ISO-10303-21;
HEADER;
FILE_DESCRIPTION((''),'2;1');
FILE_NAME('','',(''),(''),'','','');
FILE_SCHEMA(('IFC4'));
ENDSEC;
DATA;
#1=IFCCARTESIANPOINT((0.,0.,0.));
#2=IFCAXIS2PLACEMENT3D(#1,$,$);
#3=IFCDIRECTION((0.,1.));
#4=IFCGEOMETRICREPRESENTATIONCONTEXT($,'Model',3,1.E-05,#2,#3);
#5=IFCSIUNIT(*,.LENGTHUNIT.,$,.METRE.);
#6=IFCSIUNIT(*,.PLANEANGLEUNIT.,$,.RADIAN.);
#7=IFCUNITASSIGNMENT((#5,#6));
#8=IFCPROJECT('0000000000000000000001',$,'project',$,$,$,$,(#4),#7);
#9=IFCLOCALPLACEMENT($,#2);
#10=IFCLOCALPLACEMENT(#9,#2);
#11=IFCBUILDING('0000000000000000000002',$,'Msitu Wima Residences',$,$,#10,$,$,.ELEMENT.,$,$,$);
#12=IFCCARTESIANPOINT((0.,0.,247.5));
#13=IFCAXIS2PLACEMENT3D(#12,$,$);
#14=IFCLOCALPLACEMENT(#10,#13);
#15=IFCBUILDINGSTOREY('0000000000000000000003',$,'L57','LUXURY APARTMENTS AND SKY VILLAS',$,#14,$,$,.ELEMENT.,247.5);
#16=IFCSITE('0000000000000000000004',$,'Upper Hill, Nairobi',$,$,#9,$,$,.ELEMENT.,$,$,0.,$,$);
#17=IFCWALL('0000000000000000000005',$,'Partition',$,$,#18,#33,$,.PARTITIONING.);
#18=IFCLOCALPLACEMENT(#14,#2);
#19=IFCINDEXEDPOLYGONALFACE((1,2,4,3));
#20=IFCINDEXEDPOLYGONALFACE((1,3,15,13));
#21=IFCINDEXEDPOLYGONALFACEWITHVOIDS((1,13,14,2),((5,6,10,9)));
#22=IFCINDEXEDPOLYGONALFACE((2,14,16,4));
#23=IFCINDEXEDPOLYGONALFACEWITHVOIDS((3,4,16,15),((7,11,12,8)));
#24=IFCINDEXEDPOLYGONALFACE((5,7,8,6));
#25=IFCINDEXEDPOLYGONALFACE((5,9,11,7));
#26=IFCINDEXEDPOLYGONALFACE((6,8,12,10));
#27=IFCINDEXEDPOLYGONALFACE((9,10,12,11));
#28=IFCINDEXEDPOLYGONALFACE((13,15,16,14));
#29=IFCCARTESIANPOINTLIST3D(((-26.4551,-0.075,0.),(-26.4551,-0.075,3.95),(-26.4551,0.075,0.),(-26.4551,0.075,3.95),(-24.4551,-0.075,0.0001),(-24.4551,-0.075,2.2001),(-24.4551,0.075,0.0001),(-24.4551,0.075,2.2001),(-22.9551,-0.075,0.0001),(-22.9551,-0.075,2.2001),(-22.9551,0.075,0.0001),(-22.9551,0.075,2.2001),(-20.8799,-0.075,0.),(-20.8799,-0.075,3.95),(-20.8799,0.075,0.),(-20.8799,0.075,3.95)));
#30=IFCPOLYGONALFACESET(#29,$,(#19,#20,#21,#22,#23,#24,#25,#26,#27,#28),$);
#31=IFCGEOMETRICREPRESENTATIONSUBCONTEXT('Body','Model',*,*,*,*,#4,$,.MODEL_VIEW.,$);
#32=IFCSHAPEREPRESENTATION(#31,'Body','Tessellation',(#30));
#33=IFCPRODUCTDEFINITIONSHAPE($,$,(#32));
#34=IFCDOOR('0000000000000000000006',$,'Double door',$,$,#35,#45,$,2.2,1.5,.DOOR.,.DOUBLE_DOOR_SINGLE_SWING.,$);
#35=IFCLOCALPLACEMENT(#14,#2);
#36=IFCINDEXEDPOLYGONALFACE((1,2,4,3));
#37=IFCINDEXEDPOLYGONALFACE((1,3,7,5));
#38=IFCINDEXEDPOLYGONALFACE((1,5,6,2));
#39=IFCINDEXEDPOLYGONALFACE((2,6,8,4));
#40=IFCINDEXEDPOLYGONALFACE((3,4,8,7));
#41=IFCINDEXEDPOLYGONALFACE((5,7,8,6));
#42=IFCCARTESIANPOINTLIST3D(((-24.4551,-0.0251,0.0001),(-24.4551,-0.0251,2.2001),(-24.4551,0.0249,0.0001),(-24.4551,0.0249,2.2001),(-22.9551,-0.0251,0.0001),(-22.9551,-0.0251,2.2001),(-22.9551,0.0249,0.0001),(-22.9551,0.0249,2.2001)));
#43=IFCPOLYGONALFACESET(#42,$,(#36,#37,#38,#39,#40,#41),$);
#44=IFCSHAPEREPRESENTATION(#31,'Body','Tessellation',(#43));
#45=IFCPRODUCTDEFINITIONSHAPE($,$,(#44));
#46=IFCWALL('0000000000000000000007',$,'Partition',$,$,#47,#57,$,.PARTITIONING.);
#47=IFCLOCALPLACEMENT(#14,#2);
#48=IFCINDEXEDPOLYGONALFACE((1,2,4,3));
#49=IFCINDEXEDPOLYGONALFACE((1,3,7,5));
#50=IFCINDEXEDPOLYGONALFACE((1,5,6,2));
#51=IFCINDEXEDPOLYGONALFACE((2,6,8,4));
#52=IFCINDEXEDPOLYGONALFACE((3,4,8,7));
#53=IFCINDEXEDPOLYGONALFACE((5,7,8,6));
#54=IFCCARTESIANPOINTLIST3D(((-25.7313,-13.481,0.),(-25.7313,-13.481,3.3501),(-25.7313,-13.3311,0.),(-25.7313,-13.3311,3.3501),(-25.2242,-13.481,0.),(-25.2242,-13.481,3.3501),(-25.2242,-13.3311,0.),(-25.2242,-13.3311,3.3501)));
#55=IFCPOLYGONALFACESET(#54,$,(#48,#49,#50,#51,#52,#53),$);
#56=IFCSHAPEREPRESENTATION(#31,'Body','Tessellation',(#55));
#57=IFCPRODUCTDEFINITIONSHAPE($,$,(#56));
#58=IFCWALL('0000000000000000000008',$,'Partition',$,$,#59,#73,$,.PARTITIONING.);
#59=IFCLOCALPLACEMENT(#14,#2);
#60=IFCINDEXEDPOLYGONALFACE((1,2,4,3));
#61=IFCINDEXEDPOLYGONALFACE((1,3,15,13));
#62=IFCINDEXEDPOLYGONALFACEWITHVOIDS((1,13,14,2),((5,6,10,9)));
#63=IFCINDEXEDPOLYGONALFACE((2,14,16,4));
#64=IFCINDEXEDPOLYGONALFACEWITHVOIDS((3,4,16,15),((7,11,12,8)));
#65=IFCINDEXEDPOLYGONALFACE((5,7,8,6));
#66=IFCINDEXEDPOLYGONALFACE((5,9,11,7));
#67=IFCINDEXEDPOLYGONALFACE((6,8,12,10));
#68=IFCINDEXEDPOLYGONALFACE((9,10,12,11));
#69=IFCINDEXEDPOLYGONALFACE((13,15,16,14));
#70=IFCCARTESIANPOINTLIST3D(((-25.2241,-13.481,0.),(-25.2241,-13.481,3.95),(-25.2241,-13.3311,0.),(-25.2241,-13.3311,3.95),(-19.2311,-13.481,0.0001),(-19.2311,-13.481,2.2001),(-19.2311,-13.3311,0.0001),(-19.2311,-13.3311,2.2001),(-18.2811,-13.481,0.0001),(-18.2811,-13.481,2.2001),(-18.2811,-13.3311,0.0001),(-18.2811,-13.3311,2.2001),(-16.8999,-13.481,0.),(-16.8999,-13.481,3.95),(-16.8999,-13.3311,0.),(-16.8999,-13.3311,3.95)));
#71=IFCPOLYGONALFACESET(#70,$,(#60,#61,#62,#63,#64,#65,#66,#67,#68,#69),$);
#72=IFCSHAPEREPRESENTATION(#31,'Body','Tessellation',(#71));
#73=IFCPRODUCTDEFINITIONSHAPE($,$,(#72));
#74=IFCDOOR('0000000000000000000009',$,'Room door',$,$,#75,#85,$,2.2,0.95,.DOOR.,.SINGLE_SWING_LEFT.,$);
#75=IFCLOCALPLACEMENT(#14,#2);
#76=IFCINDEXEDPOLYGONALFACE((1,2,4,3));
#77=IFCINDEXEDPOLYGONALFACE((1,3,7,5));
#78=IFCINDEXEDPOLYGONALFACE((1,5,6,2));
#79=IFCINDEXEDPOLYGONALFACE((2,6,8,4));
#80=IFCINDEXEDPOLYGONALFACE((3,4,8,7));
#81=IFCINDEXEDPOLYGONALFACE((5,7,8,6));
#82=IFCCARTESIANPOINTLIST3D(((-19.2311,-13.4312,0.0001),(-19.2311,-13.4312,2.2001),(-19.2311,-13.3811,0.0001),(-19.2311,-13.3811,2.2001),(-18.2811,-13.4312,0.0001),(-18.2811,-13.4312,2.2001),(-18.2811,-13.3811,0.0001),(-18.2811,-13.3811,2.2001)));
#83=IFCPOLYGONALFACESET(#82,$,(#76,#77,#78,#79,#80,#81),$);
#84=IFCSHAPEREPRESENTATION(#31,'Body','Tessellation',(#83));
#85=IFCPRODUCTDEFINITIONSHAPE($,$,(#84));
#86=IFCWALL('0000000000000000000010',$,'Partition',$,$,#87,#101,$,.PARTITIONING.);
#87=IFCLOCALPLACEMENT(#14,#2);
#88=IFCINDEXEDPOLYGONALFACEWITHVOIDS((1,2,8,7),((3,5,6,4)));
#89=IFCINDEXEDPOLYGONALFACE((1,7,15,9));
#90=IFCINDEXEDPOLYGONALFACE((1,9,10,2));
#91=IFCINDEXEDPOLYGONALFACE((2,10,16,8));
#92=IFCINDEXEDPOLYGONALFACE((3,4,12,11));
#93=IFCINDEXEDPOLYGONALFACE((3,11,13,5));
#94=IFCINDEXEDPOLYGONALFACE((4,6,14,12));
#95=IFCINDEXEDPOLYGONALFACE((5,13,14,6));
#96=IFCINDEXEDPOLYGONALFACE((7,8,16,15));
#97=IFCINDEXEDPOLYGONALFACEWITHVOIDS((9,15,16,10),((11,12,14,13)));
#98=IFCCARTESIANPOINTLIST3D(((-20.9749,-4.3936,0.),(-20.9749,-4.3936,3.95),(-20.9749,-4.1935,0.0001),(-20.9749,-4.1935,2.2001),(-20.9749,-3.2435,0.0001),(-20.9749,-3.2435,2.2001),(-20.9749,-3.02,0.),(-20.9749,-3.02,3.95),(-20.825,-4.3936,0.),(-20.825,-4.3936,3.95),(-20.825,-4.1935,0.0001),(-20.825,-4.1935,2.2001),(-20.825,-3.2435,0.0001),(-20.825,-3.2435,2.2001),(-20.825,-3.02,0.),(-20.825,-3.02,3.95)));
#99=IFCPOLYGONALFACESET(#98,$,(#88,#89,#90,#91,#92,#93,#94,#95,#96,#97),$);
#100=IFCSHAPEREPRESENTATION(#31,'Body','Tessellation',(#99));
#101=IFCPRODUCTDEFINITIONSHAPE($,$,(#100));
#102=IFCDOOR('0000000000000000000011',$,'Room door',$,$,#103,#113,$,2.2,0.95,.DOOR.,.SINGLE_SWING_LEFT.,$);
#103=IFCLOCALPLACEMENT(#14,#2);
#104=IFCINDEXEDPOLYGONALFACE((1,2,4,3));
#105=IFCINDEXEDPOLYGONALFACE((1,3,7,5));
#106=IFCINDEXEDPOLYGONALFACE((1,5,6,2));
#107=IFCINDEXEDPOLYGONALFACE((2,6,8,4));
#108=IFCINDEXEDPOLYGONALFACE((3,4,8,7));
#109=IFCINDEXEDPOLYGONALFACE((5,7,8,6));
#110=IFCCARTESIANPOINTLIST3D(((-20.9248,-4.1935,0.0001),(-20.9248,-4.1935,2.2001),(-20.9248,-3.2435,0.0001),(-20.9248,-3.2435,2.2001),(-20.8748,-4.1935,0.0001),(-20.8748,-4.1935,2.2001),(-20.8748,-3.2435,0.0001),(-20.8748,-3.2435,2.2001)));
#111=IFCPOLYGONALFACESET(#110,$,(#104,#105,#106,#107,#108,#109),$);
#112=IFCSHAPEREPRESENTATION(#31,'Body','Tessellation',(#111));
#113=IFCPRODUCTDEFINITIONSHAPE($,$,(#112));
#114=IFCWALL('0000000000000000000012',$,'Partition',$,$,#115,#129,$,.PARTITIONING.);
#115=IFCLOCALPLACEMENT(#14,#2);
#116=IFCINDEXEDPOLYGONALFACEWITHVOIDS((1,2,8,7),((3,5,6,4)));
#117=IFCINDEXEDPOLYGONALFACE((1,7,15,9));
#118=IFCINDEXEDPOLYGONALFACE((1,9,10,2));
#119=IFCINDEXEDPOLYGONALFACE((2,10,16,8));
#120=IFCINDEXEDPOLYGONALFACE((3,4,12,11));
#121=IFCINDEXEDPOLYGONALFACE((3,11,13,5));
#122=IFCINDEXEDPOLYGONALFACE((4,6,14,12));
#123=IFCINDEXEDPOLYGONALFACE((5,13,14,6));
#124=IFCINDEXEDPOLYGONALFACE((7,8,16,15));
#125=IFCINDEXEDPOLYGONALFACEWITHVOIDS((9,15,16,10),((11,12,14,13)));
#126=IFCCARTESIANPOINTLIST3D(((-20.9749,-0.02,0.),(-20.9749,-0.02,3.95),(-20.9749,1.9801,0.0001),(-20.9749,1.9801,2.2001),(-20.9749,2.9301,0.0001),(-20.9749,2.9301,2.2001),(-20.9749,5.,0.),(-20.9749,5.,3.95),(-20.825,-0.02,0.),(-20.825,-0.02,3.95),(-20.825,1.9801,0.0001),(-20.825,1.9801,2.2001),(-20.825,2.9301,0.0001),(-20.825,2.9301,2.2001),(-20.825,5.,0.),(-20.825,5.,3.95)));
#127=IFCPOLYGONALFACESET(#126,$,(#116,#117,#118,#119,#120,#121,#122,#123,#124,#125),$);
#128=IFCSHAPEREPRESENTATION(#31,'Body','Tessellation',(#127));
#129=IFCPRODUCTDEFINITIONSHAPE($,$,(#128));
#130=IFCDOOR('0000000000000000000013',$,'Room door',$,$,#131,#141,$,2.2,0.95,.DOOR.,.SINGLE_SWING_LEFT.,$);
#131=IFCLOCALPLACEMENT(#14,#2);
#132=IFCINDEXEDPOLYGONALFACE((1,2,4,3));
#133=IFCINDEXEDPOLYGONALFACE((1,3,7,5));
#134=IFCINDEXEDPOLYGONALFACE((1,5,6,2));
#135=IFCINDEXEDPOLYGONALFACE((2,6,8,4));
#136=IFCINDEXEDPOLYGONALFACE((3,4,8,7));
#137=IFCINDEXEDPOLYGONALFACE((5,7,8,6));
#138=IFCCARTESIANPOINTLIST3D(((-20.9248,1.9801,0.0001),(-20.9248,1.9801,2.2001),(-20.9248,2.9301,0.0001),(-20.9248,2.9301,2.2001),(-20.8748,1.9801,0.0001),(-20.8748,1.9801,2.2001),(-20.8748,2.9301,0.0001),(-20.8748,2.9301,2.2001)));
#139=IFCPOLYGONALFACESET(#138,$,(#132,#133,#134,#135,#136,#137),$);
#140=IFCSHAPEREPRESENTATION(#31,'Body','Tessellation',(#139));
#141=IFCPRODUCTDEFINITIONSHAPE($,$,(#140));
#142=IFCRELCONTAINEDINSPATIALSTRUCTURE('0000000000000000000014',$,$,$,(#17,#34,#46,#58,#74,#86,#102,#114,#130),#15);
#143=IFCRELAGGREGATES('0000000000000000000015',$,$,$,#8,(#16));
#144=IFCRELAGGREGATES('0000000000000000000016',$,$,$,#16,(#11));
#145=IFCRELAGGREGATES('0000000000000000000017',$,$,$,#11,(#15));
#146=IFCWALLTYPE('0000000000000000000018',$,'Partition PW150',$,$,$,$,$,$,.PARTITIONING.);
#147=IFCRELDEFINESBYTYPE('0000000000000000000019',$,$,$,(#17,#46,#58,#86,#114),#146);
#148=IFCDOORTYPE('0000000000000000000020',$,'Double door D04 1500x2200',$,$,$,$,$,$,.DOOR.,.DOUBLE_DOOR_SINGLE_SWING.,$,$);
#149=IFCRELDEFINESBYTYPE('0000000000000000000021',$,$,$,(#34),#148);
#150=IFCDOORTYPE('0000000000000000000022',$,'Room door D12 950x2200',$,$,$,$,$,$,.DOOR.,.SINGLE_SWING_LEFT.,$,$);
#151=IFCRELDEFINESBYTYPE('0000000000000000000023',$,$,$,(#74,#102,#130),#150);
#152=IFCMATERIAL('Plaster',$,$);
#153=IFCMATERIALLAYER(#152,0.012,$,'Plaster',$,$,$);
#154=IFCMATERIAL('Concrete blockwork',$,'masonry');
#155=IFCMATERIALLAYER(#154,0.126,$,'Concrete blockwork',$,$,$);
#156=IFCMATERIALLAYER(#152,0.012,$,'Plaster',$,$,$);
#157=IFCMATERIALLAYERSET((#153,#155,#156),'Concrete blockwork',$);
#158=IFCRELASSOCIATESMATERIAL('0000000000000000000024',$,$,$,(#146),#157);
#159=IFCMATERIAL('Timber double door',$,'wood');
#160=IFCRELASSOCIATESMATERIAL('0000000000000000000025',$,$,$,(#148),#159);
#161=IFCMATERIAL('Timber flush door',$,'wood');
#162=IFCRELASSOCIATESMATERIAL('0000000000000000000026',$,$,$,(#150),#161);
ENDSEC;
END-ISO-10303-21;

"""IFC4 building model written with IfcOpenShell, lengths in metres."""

from ifc_helpers import new_model, si_unit, direction, frame, frame_2d, origin, place, context, subcontext, project, spatial, rectangle, extrude, material, layer, layer_set, type_object, element, fill, save


model = new_model("IFC4")

# Units and contexts
model_context = context("Model", 3, precision=1e-05, world=origin(), true_north=direction((0.0, 1.0)))
body_context = subcontext(model_context, "Body", "Model", "MODEL_VIEW")
ifc_project = project(units=[si_unit("LENGTHUNIT", "METRE"), si_unit("PLANEANGLEUNIT", "RADIAN")], contexts=[model_context])

# Site, building, storey
site_placement = place(None, origin())
site = spatial("IfcSite", under=ifc_project, at=site_placement, Name="Upper Hill, Nairobi", CompositionType="ELEMENT", RefElevation=0.0)
building_placement = place(site_placement, origin())
building = spatial("IfcBuilding", under=site, at=building_placement, Name="Msitu Wima Residences", CompositionType="ELEMENT")
storey_placement = place(building_placement, frame((0.0, 0.0, 247.5)))
storey = spatial("IfcBuildingStorey", under=building, at=storey_placement, Name="L57", Description="LUXURY APARTMENTS AND SKY VILLAS", CompositionType="ELEMENT", Elevation=247.5)

# Shared definitions
ifc_material_1 = material(Name="Plaster")
ifc_layer_1 = layer(ifc_material_1, 0.012, Name="Plaster")
ifc_material_2 = material(Name="Concrete blockwork", Category="masonry")
ifc_layer_2 = layer(ifc_material_2, 0.126, Name="Concrete blockwork")
ifc_layer_3 = layer(ifc_material_1, 0.012, Name="Plaster")
ifc_layer_set_1 = layer_set([ifc_layer_1, ifc_layer_2, ifc_layer_3], Name="Concrete blockwork")
wall_type_1 = type_object("IfcWallType", Name="Partition PW150", PredefinedType="PARTITIONING", material=ifc_layer_set_1)

# Wall, opening, door
wall_1_placement = place(storey_placement, frame((-26.4551, 0.0, 0.0), z_axis=(0.0, 0.0, 1.0), x_axis=(1.0, 0.0, 0.0)))
wall_1 = element("IfcWall", 1, at=wall_1_placement, inside=storey, type_object=wall_type_1, Name="Partition", PredefinedType="PARTITIONING", context=body_context, shape_type="SweptSolid", body=[
    extrude(rectangle(XDim=5.5752, YDim=0.1499, at=frame_2d((2.7876, 0.0))), origin(), (0.0, 0.0, 1.0), 3.95),
])
opening_1_placement = place(wall_1_placement, frame((2.0, 0.0, 0.0)))
opening_1 = element("IfcOpeningElement", 2, at=opening_1_placement, cuts=wall_1, PredefinedType="OPENING", context=body_context, shape_type="SweptSolid", body=[
    extrude(rectangle(XDim=1.5, YDim=2.2, at=frame_2d((0.75, 1.1001))), frame((0.0, 0.085, 0.0), z_axis=(0.0, -1.0, 0.0), x_axis=(1.0, 0.0, 0.0)), (0.0, 0.0, 1.0), 0.1699),
])
ifc_material_3 = material(Name="Timber double door", Category="wood")
door_type_1 = type_object("IfcDoorType", Name="Double door D04 1500x2200", OperationType="DOUBLE_DOOR_SINGLE_SWING", PredefinedType="DOOR", material=ifc_material_3)
door_1_placement = place(opening_1_placement, origin())
door_1 = element("IfcDoor", 3, at=door_1_placement, inside=storey, type_object=door_type_1, Name="Double door", OperationType="DOUBLE_DOOR_SINGLE_SWING", OverallHeight=2.2, OverallWidth=1.5, PredefinedType="DOOR", context=body_context, shape_type="SweptSolid", body=[
    extrude(rectangle(XDim=1.5, YDim=2.2, at=frame_2d((0.75, 1.1001))), frame((0.0, 0.0249, 0.0), z_axis=(0.0, -1.0, 0.0), x_axis=(1.0, 0.0, 0.0)), (0.0, 0.0, 1.0), 0.05),
])
fill(opening_1, door_1)

# Wall
wall_2_placement = place(storey_placement, frame((-25.7312, -13.406, 0.0), z_axis=(0.0, 0.0, 1.0), x_axis=(1.0, 0.0, 0.0)))
element("IfcWall", 4, at=wall_2_placement, inside=storey, type_object=wall_type_1, Name="Partition", PredefinedType="PARTITIONING", context=body_context, shape_type="SweptSolid", body=[
    extrude(rectangle(XDim=0.5071, YDim=0.1499, at=frame_2d((0.2534, 0.0))), origin(), (0.0, 0.0, 1.0), 3.3501),
])

# Walls, openings, doors
wall_3_placement = place(storey_placement, frame((-25.2241, -13.406, 0.0), z_axis=(0.0, 0.0, 1.0), x_axis=(1.0, 0.0, 0.0)))
wall_3 = element("IfcWall", 5, at=wall_3_placement, inside=storey, type_object=wall_type_1, Name="Partition", PredefinedType="PARTITIONING", context=body_context, shape_type="SweptSolid", body=[
    extrude(rectangle(XDim=8.3242, YDim=0.1499, at=frame_2d((4.1621, 0.0))), origin(), (0.0, 0.0, 1.0), 3.95),
])
opening_2_placement = place(wall_3_placement, frame((5.9929, 0.0, 0.0)))
opening_2 = element("IfcOpeningElement", 6, at=opening_2_placement, cuts=wall_3, PredefinedType="OPENING", context=body_context, shape_type="SweptSolid", body=[
    extrude(rectangle(XDim=0.95, YDim=2.2, at=frame_2d((0.4751, 1.1001))), frame((0.0, 0.085, 0.0), z_axis=(0.0, -1.0, 0.0), x_axis=(1.0, 0.0, 0.0)), (0.0, 0.0, 1.0), 0.1699),
])
ifc_material_4 = material(Name="Timber flush door", Category="wood")
door_type_2 = type_object("IfcDoorType", Name="Room door D12 950x2200", OperationType="SINGLE_SWING_LEFT", PredefinedType="DOOR", material=ifc_material_4)
door_2_placement = place(opening_2_placement, origin())
door_2 = element("IfcDoor", 7, at=door_2_placement, inside=storey, type_object=door_type_2, Name="Room door", OperationType="SINGLE_SWING_LEFT", OverallHeight=2.2, OverallWidth=0.95, PredefinedType="DOOR", context=body_context, shape_type="SweptSolid", body=[
    extrude(rectangle(XDim=0.95, YDim=2.2, at=frame_2d((0.4751, 1.1001))), frame((0.0, 0.0249, 0.0), z_axis=(0.0, -1.0, 0.0), x_axis=(1.0, 0.0, 0.0)), (0.0, 0.0, 1.0), 0.05),
])
fill(opening_2, door_2)
wall_4_placement = place(storey_placement, frame((-20.8999, -4.3936, 0.0), z_axis=(0.0, 0.0, 1.0), x_axis=(0.0, 1.0, 0.0)))
wall_4 = element("IfcWall", 8, at=wall_4_placement, inside=storey, type_object=wall_type_1, Name="Partition", PredefinedType="PARTITIONING", context=body_context, shape_type="SweptSolid", body=[
    extrude(rectangle(XDim=1.3735, YDim=0.1499, at=frame_2d((0.6868, 0.0))), origin(), (0.0, 0.0, 1.0), 3.95),
])
opening_3_placement = place(wall_4_placement, frame((0.2, 0.0, 0.0)))
opening_3 = element("IfcOpeningElement", 9, at=opening_3_placement, cuts=wall_4, PredefinedType="OPENING", context=body_context, shape_type="SweptSolid", body=[
    extrude(rectangle(XDim=0.95, YDim=2.2, at=frame_2d((0.4751, 1.1001))), frame((0.0, 0.085, 0.0), z_axis=(0.0, -1.0, 0.0), x_axis=(1.0, 0.0, 0.0)), (0.0, 0.0, 1.0), 0.1699),
])
door_3_placement = place(opening_3_placement, origin())
door_3 = element("IfcDoor", 10, at=door_3_placement, inside=storey, type_object=door_type_2, Name="Room door", OperationType="SINGLE_SWING_LEFT", OverallHeight=2.2, OverallWidth=0.95, PredefinedType="DOOR", context=body_context, shape_type="SweptSolid", body=[
    extrude(rectangle(XDim=0.95, YDim=2.2, at=frame_2d((0.4751, 1.1001))), frame((0.0, 0.0249, 0.0), z_axis=(0.0, -1.0, 0.0), x_axis=(1.0, 0.0, 0.0)), (0.0, 0.0, 1.0), 0.05),
])
fill(opening_3, door_3)
wall_5_placement = place(storey_placement, frame((-20.8999, -0.02, 0.0), z_axis=(0.0, 0.0, 1.0), x_axis=(0.0, 1.0, 0.0)))
wall_5 = element("IfcWall", 11, at=wall_5_placement, inside=storey, type_object=wall_type_1, Name="Partition", PredefinedType="PARTITIONING", context=body_context, shape_type="SweptSolid", body=[
    extrude(rectangle(XDim=5.02, YDim=0.1499, at=frame_2d((2.51, 0.0))), origin(), (0.0, 0.0, 1.0), 3.95),
])
opening_4_placement = place(wall_5_placement, frame((2.0, 0.0, 0.0)))
opening_4 = element("IfcOpeningElement", 12, at=opening_4_placement, cuts=wall_5, PredefinedType="OPENING", context=body_context, shape_type="SweptSolid", body=[
    extrude(rectangle(XDim=0.95, YDim=2.2, at=frame_2d((0.4751, 1.1001))), frame((0.0, 0.085, 0.0), z_axis=(0.0, -1.0, 0.0), x_axis=(1.0, 0.0, 0.0)), (0.0, 0.0, 1.0), 0.1699),
])
door_4_placement = place(opening_4_placement, origin())
door_4 = element("IfcDoor", 13, at=door_4_placement, inside=storey, type_object=door_type_2, Name="Room door", OperationType="SINGLE_SWING_LEFT", OverallHeight=2.2, OverallWidth=0.95, PredefinedType="DOOR", context=body_context, shape_type="SweptSolid", body=[
    extrude(rectangle(XDim=0.95, YDim=2.2, at=frame_2d((0.4751, 1.1001))), frame((0.0, 0.0249, 0.0), z_axis=(0.0, -1.0, 0.0), x_axis=(1.0, 0.0, 0.0)), (0.0, 0.0, 1.0), 0.05),
])
fill(opening_4, door_4)

save(model, "model.ifc")
